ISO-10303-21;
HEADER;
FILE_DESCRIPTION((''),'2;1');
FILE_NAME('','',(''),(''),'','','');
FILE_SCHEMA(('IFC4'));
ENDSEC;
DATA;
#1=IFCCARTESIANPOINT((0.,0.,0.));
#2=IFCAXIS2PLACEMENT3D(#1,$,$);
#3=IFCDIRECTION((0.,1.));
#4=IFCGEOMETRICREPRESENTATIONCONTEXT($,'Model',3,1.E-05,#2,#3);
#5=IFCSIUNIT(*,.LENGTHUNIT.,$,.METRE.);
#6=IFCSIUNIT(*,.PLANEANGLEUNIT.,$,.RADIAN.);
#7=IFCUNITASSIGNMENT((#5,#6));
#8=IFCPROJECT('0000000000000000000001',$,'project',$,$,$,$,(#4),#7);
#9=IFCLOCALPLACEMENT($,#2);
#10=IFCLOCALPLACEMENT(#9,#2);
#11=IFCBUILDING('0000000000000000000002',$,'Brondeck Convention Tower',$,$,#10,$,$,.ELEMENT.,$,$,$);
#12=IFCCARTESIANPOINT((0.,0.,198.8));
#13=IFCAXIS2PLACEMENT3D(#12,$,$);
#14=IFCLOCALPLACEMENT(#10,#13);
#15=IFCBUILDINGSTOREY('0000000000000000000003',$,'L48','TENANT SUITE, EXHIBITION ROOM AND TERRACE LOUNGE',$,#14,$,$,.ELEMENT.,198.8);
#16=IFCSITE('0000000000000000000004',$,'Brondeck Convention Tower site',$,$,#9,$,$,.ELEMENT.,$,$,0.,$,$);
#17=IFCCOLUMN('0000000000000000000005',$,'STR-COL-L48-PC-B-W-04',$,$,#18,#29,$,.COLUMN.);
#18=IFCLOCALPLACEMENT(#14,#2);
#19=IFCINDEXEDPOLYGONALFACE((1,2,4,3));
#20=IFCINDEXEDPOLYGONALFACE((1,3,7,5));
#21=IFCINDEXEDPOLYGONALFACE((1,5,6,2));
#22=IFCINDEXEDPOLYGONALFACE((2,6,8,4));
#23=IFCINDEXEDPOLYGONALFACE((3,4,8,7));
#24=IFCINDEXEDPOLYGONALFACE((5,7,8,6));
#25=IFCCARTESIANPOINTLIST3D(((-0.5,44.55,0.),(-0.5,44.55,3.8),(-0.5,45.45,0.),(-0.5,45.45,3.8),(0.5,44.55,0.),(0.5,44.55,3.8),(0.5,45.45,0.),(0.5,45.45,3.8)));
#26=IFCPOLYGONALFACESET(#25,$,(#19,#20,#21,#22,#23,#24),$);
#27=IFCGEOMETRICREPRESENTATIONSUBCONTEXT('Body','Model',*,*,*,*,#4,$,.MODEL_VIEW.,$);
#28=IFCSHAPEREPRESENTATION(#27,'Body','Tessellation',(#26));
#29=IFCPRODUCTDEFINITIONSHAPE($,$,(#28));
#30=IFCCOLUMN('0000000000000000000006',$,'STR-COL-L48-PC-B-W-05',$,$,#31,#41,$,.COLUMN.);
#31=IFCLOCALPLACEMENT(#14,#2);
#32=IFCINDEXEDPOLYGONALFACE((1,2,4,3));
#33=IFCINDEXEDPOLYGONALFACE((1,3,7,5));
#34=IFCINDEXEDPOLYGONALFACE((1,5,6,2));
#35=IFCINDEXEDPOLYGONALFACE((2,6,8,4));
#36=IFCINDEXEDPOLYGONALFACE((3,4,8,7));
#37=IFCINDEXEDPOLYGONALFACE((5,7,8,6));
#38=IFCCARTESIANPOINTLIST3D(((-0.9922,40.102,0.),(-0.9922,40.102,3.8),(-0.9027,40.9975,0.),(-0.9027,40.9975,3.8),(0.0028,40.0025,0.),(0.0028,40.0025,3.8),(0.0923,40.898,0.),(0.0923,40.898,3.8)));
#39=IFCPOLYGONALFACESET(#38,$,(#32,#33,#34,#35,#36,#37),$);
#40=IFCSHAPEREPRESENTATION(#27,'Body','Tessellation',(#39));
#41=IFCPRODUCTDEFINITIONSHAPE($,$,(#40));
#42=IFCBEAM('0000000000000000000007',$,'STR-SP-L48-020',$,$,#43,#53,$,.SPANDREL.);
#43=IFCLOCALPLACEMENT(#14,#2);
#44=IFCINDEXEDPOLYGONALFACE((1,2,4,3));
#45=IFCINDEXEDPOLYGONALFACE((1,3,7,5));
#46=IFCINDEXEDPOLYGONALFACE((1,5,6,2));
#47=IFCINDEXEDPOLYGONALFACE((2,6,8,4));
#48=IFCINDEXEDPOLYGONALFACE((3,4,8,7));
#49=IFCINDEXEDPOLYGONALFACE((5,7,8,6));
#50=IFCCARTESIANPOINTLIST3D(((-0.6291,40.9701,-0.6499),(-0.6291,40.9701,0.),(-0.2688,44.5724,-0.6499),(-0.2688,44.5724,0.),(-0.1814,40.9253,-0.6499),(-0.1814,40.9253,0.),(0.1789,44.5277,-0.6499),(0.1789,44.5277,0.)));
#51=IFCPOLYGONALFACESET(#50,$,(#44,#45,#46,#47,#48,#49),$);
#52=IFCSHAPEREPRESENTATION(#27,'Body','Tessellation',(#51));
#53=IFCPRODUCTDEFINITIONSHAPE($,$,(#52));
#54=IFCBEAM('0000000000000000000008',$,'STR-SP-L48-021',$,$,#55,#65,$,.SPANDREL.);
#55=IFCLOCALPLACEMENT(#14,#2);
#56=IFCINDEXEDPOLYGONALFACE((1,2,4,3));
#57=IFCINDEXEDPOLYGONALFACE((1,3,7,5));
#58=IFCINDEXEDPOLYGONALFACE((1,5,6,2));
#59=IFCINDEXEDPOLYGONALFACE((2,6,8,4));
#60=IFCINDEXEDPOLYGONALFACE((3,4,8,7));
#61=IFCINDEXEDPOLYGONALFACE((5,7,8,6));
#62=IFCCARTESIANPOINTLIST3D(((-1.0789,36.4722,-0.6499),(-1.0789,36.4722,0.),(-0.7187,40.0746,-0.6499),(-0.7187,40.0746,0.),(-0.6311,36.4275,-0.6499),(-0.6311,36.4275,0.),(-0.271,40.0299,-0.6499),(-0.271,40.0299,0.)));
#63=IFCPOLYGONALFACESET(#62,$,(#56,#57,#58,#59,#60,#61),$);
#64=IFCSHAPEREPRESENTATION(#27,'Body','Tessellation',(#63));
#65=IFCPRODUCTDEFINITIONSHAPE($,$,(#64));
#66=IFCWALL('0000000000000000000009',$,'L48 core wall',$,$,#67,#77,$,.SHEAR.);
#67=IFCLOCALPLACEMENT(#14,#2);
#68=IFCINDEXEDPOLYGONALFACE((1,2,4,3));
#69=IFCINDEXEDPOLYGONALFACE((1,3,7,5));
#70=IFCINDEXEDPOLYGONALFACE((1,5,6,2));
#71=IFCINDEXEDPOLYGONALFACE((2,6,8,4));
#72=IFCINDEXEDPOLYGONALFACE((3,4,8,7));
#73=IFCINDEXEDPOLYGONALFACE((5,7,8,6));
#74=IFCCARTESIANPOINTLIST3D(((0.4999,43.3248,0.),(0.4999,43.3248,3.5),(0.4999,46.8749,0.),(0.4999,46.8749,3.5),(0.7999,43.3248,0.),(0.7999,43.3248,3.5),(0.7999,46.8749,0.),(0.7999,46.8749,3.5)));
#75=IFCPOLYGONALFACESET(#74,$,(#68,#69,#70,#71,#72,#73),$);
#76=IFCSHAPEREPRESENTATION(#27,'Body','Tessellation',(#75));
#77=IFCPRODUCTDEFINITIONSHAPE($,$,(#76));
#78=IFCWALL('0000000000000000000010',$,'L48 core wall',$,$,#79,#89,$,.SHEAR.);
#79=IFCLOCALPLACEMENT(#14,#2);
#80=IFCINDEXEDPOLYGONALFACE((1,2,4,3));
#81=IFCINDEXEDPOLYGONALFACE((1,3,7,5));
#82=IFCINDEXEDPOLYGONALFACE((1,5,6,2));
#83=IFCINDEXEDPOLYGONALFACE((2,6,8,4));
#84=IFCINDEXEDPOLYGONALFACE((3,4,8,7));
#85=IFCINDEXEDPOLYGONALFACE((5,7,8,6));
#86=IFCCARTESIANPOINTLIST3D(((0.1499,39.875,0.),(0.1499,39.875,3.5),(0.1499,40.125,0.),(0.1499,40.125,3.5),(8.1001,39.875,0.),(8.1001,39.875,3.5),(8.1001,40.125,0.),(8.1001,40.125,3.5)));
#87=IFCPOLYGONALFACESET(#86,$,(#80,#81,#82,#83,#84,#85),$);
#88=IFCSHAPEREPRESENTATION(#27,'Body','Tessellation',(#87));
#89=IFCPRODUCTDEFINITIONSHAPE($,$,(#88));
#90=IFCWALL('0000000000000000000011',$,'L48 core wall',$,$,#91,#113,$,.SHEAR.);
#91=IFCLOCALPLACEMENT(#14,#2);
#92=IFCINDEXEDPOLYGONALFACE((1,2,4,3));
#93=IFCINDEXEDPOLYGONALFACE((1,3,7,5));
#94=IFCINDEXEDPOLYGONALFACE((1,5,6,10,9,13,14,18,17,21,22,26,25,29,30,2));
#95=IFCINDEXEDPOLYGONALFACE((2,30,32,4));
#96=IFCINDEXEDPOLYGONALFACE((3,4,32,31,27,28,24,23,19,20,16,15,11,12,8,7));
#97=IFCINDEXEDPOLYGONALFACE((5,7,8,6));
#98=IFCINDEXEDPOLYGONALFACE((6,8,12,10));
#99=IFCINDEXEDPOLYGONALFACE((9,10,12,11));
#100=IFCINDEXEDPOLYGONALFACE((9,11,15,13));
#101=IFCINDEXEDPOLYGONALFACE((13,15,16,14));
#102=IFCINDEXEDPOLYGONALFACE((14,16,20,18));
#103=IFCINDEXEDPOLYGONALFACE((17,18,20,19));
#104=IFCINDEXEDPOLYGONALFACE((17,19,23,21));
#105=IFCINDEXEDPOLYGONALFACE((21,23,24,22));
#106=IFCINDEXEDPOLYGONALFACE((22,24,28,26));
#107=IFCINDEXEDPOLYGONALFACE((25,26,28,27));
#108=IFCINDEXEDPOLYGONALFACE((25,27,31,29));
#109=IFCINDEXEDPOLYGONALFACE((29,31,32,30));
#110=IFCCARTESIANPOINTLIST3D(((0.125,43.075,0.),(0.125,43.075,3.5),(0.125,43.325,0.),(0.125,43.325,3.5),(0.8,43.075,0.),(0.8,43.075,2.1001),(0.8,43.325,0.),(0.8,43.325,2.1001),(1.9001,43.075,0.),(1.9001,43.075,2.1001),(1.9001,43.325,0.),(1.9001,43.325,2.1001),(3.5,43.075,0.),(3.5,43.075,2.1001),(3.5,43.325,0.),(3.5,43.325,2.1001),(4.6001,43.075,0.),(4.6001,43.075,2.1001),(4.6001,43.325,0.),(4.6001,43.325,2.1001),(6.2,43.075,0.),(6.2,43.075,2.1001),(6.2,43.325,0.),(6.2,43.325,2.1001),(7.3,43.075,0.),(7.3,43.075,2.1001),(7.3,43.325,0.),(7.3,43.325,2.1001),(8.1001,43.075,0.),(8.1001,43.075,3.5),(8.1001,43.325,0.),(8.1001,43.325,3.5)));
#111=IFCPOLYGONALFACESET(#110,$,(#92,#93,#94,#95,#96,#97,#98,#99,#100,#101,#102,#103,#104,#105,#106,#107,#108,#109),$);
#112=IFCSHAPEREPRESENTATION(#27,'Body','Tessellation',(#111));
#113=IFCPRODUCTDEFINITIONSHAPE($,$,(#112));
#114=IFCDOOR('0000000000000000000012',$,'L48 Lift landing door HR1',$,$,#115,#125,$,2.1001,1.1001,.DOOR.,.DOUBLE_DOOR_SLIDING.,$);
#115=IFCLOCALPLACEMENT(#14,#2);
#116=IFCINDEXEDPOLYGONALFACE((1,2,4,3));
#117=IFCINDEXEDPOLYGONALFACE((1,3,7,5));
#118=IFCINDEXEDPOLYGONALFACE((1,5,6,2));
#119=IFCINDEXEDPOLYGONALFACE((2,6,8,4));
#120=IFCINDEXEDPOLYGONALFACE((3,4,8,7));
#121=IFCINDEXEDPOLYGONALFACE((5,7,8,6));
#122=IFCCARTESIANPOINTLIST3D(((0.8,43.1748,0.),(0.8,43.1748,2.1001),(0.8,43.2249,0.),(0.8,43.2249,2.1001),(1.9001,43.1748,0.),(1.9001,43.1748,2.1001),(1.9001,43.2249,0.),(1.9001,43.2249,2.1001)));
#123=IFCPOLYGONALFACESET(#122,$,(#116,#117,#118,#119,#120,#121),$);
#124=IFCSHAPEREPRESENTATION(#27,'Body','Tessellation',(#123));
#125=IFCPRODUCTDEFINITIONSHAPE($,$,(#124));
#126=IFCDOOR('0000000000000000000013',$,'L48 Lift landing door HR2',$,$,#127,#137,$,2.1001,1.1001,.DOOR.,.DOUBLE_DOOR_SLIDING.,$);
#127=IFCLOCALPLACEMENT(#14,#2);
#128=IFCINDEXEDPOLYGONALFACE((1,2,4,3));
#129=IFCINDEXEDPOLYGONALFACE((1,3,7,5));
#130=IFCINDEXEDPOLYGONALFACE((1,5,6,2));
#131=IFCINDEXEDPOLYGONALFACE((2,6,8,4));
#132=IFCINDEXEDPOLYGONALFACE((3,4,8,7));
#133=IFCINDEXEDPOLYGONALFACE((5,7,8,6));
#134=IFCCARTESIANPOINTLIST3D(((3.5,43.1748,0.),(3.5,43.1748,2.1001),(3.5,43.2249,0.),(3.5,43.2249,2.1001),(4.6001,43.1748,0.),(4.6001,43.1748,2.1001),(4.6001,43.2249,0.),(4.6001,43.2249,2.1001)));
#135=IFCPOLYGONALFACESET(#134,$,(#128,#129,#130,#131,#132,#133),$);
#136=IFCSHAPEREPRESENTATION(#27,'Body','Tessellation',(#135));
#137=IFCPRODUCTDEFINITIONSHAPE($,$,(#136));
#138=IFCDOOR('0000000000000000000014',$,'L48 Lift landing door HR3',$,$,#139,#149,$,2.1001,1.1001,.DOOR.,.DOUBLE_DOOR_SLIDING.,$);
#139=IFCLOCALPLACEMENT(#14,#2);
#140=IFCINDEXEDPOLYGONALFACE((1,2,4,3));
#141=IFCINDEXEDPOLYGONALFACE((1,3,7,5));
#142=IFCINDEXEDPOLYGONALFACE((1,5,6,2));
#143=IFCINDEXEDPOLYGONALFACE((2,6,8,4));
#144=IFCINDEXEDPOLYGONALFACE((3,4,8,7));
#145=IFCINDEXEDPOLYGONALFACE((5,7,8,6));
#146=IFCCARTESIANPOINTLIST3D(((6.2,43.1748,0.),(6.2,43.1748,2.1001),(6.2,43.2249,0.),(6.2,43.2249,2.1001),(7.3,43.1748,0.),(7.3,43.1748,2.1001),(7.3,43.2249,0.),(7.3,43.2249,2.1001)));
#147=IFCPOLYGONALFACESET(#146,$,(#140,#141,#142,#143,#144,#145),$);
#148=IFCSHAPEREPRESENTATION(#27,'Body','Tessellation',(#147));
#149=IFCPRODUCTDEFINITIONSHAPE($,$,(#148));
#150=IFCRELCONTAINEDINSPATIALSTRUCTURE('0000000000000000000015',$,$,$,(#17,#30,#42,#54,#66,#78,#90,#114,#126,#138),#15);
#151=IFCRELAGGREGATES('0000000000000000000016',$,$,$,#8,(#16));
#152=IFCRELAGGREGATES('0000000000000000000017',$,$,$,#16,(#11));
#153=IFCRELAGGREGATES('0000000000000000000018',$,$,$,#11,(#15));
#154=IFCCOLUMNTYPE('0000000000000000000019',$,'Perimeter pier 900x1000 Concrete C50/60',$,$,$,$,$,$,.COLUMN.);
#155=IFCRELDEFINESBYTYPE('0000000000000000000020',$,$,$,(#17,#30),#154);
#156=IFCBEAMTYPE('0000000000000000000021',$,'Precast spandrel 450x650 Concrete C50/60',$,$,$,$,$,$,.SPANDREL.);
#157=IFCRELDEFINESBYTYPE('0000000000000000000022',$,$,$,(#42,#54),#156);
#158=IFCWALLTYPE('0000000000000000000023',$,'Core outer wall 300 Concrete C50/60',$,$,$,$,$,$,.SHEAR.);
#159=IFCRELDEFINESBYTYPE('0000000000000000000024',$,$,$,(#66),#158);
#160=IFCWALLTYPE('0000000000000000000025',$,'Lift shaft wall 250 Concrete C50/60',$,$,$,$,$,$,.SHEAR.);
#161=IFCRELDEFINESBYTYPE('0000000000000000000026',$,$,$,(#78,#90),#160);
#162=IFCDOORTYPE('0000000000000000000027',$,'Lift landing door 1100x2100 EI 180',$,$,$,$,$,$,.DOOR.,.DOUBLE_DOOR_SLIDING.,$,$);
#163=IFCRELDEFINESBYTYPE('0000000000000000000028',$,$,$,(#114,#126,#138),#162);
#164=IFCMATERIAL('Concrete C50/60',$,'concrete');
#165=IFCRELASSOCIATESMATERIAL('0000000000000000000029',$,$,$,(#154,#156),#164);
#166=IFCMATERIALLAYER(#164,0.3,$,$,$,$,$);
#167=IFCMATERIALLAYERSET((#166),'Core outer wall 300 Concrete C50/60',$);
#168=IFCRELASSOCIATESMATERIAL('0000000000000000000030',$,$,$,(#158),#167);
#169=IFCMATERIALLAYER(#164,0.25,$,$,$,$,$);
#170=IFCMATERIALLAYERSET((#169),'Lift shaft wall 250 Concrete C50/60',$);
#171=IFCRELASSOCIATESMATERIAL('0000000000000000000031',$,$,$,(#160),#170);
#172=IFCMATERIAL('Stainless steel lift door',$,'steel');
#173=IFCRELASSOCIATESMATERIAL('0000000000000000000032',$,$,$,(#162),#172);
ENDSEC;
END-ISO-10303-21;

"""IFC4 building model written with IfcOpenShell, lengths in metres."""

from ifc_helpers import new_model, si_unit, direction, frame, frame_2d, origin, origin_2d, place, context, subcontext, project, spatial, rectangle, extrude, material, layer, layer_set, material_profile, profile_set, type_object, element, fill, save


model = new_model("IFC4")

# Units and contexts
model_context = context("Model", 3, precision=1e-05, world=origin(), true_north=direction((0.0, 1.0)))
body_context = subcontext(model_context, "Body", "Model", "MODEL_VIEW")
ifc_project = project(units=[si_unit("LENGTHUNIT", "METRE"), si_unit("PLANEANGLEUNIT", "RADIAN")], contexts=[model_context])

# Site, building, storey
site_placement = place(None, origin())
site = spatial("IfcSite", under=ifc_project, at=site_placement, Name="Brondeck Convention Tower site", CompositionType="ELEMENT", RefElevation=0.0)
building_placement = place(site_placement, origin())
building = spatial("IfcBuilding", under=site, at=building_placement, Name="Brondeck Convention Tower", CompositionType="ELEMENT")
storey_placement = place(building_placement, frame((0.0, 0.0, 198.8)))
storey = spatial("IfcBuildingStorey", under=building, at=storey_placement, Name="L48", Description="TENANT SUITE, EXHIBITION ROOM AND TERRACE LOUNGE", CompositionType="ELEMENT", Elevation=198.8)

# Columns
ifc_material_1 = material(Name="Concrete C50/60", Category="concrete")
ifc_material_profile_1 = material_profile(ifc_material_1, rectangle(XDim=0.8999, YDim=1.0, at=origin_2d()), Name="Perimeter pier 900x1000 Concrete C50/60")
ifc_profile_set_1 = profile_set([ifc_material_profile_1], Name="Concrete C50/60")
column_type = type_object("IfcColumnType", Name="Perimeter pier 900x1000 Concrete C50/60", PredefinedType="COLUMN", material=ifc_profile_set_1)
for number, where, z_axis, x_axis, name in (
    (1, (0.0, 45.0, 0.0), (0.0, 0.0, 1.0), (0.0, -1.0, 0.0), "STR-COL-L48-PC-B-W-04"),
    (2, (-0.45, 40.5, 0.0), (0.0, 0.0, 1.0), (-0.099504, -0.995037, 0.0), "STR-COL-L48-PC-B-W-05"),
):
    element("IfcColumn", number, at=place(storey_placement, frame(where, z_axis=z_axis, x_axis=x_axis)), inside=storey, type_object=column_type, Name=name, PredefinedType="COLUMN", context=body_context, shape_type="SweptSolid", body=[
        extrude(rectangle(XDim=0.8999, YDim=1.0, at=origin_2d()), origin(), (0.0, 0.0, 1.0), 3.8),
    ])

# Beams
ifc_material_profile_2 = material_profile(ifc_material_1, rectangle(XDim=0.45, YDim=0.6499, at=origin_2d()), Name="Precast spandrel 450x650 Concrete C50/60")
ifc_profile_set_2 = profile_set([ifc_material_profile_2], Name="Concrete C50/60")
beam_type = type_object("IfcBeamType", Name="Precast spandrel 450x650 Concrete C50/60", PredefinedType="SPANDREL", material=ifc_profile_set_2)
for number, where, z_axis, x_axis, name in (
    (3, (-0.0449, 44.55, -0.325), (-0.099537, -0.995034, 0.0), (0.995034, -0.099537, 0.0), "STR-SP-L48-020"),
    (4, (-0.4949, 40.0522, -0.325), (-0.09947, -0.995041, 0.0), (0.995041, -0.09947, 0.0), "STR-SP-L48-021"),
):
    element("IfcBeam", number, at=place(storey_placement, frame(where, z_axis=z_axis, x_axis=x_axis)), inside=storey, type_object=beam_type, Name=name, PredefinedType="SPANDREL", context=body_context, shape_type="SweptSolid", body=[
        extrude(rectangle(XDim=0.45, YDim=0.6499, at=origin_2d()), origin(), (0.0, 0.0, 1.0), 3.6204),
    ])

# Walls
ifc_layer_1 = layer(ifc_material_1, 0.3)
ifc_layer_set_1 = layer_set([ifc_layer_1], Name="Core outer wall 300 Concrete C50/60")
wall_type_1 = type_object("IfcWallType", Name="Core outer wall 300 Concrete C50/60", PredefinedType="SHEAR", material=ifc_layer_set_1)
wall_1_placement = place(storey_placement, frame((0.6499, 43.325, 0.0), z_axis=(0.0, 0.0, 1.0), x_axis=(0.0, 1.0, 0.0)))
element("IfcWall", 5, at=wall_1_placement, inside=storey, type_object=wall_type_1, Name="L48 core wall", PredefinedType="SHEAR", context=body_context, shape_type="SweptSolid", body=[
    extrude(rectangle(XDim=3.55, YDim=0.3, at=frame_2d((1.7749, 0.0))), origin(), (0.0, 0.0, 1.0), 3.5),
])
ifc_layer_2 = layer(ifc_material_1, 0.25)
ifc_layer_set_2 = layer_set([ifc_layer_2], Name="Lift shaft wall 250 Concrete C50/60")
wall_type_2 = type_object("IfcWallType", Name="Lift shaft wall 250 Concrete C50/60", PredefinedType="SHEAR", material=ifc_layer_set_2)
wall_2_placement = place(storey_placement, frame((0.1499, 40.0, 0.0), z_axis=(0.0, 0.0, 1.0), x_axis=(1.0, 0.0, 0.0)))
element("IfcWall", 6, at=wall_2_placement, inside=storey, type_object=wall_type_2, Name="L48 core wall", PredefinedType="SHEAR", context=body_context, shape_type="SweptSolid", body=[
    extrude(rectangle(XDim=7.9502, YDim=0.25, at=frame_2d((3.9751, 0.0))), origin(), (0.0, 0.0, 1.0), 3.5),
])

# Wall, openings, doors
wall_3_placement = place(storey_placement, frame((0.125, 43.2, 0.0), z_axis=(0.0, 0.0, 1.0), x_axis=(1.0, 0.0, 0.0)))
wall_3 = element("IfcWall", 7, at=wall_3_placement, inside=storey, type_object=wall_type_2, Name="L48 core wall", PredefinedType="SHEAR", context=body_context, shape_type="SweptSolid", body=[
    extrude(rectangle(XDim=7.9751, YDim=0.25, at=frame_2d((3.9875, 0.0))), origin(), (0.0, 0.0, 1.0), 3.5),
])
opening_1_placement = place(wall_3_placement, frame((0.675, 0.0, 0.0)))
opening_1 = element("IfcOpeningElement", 8, at=opening_1_placement, cuts=wall_3, PredefinedType="OPENING", context=body_context, shape_type="SweptSolid", body=[
    extrude(rectangle(XDim=1.1001, YDim=2.1001, at=frame_2d((0.55, 1.05))), frame((0.0, 0.135, 0.0), z_axis=(0.0, -1.0, 0.0), x_axis=(1.0, 0.0, 0.0)), (0.0, 0.0, 1.0), 0.27),
])
opening_2_placement = place(wall_3_placement, frame((3.375, 0.0, 0.0)))
opening_2 = element("IfcOpeningElement", 9, at=opening_2_placement, cuts=wall_3, PredefinedType="OPENING", context=body_context, shape_type="SweptSolid", body=[
    extrude(rectangle(XDim=1.1001, YDim=2.1001, at=frame_2d((0.55, 1.05))), frame((0.0, 0.135, 0.0), z_axis=(0.0, -1.0, 0.0), x_axis=(1.0, 0.0, 0.0)), (0.0, 0.0, 1.0), 0.27),
])
opening_3_placement = place(wall_3_placement, frame((6.075, 0.0, 0.0)))
opening_3 = element("IfcOpeningElement", 10, at=opening_3_placement, cuts=wall_3, PredefinedType="OPENING", context=body_context, shape_type="SweptSolid", body=[
    extrude(rectangle(XDim=1.1001, YDim=2.1001, at=frame_2d((0.55, 1.05))), frame((0.0, 0.135, 0.0), z_axis=(0.0, -1.0, 0.0), x_axis=(1.0, 0.0, 0.0)), (0.0, 0.0, 1.0), 0.27),
])
ifc_material_2 = material(Name="Stainless steel lift door", Category="steel")
door_type = type_object("IfcDoorType", Name="Lift landing door 1100x2100 EI 180", OperationType="DOUBLE_DOOR_SLIDING", PredefinedType="DOOR", material=ifc_material_2)
door_1_placement = place(opening_1_placement, origin())
door_1 = element("IfcDoor", 11, at=door_1_placement, inside=storey, type_object=door_type, Name="L48 Lift landing door HR1", OperationType="DOUBLE_DOOR_SLIDING", OverallHeight=2.1001, OverallWidth=1.1001, PredefinedType="DOOR", context=body_context, shape_type="SweptSolid", body=[
    extrude(rectangle(XDim=1.1001, YDim=2.1001, at=frame_2d((0.55, 1.05))), frame((0.0, 0.0249, 0.0), z_axis=(0.0, -1.0, 0.0), x_axis=(1.0, 0.0, 0.0)), (0.0, 0.0, 1.0), 0.05),
])
fill(opening_1, door_1)
door_2_placement = place(opening_2_placement, origin())
door_2 = element("IfcDoor", 12, at=door_2_placement, inside=storey, type_object=door_type, Name="L48 Lift landing door HR2", OperationType="DOUBLE_DOOR_SLIDING", OverallHeight=2.1001, OverallWidth=1.1001, PredefinedType="DOOR", context=body_context, shape_type="SweptSolid", body=[
    extrude(rectangle(XDim=1.1001, YDim=2.1001, at=frame_2d((0.55, 1.05))), frame((0.0, 0.0249, 0.0), z_axis=(0.0, -1.0, 0.0), x_axis=(1.0, 0.0, 0.0)), (0.0, 0.0, 1.0), 0.05),
])
fill(opening_2, door_2)
door_3_placement = place(opening_3_placement, origin())
door_3 = element("IfcDoor", 13, at=door_3_placement, inside=storey, type_object=door_type, Name="L48 Lift landing door HR3", OperationType="DOUBLE_DOOR_SLIDING", OverallHeight=2.1001, OverallWidth=1.1001, PredefinedType="DOOR", context=body_context, shape_type="SweptSolid", body=[
    extrude(rectangle(XDim=1.1001, YDim=2.1001, at=frame_2d((0.55, 1.05))), frame((0.0, 0.0249, 0.0), z_axis=(0.0, -1.0, 0.0), x_axis=(1.0, 0.0, 0.0)), (0.0, 0.0, 1.0), 0.05),
])
fill(opening_3, door_3)

save(model, "model.ifc")
